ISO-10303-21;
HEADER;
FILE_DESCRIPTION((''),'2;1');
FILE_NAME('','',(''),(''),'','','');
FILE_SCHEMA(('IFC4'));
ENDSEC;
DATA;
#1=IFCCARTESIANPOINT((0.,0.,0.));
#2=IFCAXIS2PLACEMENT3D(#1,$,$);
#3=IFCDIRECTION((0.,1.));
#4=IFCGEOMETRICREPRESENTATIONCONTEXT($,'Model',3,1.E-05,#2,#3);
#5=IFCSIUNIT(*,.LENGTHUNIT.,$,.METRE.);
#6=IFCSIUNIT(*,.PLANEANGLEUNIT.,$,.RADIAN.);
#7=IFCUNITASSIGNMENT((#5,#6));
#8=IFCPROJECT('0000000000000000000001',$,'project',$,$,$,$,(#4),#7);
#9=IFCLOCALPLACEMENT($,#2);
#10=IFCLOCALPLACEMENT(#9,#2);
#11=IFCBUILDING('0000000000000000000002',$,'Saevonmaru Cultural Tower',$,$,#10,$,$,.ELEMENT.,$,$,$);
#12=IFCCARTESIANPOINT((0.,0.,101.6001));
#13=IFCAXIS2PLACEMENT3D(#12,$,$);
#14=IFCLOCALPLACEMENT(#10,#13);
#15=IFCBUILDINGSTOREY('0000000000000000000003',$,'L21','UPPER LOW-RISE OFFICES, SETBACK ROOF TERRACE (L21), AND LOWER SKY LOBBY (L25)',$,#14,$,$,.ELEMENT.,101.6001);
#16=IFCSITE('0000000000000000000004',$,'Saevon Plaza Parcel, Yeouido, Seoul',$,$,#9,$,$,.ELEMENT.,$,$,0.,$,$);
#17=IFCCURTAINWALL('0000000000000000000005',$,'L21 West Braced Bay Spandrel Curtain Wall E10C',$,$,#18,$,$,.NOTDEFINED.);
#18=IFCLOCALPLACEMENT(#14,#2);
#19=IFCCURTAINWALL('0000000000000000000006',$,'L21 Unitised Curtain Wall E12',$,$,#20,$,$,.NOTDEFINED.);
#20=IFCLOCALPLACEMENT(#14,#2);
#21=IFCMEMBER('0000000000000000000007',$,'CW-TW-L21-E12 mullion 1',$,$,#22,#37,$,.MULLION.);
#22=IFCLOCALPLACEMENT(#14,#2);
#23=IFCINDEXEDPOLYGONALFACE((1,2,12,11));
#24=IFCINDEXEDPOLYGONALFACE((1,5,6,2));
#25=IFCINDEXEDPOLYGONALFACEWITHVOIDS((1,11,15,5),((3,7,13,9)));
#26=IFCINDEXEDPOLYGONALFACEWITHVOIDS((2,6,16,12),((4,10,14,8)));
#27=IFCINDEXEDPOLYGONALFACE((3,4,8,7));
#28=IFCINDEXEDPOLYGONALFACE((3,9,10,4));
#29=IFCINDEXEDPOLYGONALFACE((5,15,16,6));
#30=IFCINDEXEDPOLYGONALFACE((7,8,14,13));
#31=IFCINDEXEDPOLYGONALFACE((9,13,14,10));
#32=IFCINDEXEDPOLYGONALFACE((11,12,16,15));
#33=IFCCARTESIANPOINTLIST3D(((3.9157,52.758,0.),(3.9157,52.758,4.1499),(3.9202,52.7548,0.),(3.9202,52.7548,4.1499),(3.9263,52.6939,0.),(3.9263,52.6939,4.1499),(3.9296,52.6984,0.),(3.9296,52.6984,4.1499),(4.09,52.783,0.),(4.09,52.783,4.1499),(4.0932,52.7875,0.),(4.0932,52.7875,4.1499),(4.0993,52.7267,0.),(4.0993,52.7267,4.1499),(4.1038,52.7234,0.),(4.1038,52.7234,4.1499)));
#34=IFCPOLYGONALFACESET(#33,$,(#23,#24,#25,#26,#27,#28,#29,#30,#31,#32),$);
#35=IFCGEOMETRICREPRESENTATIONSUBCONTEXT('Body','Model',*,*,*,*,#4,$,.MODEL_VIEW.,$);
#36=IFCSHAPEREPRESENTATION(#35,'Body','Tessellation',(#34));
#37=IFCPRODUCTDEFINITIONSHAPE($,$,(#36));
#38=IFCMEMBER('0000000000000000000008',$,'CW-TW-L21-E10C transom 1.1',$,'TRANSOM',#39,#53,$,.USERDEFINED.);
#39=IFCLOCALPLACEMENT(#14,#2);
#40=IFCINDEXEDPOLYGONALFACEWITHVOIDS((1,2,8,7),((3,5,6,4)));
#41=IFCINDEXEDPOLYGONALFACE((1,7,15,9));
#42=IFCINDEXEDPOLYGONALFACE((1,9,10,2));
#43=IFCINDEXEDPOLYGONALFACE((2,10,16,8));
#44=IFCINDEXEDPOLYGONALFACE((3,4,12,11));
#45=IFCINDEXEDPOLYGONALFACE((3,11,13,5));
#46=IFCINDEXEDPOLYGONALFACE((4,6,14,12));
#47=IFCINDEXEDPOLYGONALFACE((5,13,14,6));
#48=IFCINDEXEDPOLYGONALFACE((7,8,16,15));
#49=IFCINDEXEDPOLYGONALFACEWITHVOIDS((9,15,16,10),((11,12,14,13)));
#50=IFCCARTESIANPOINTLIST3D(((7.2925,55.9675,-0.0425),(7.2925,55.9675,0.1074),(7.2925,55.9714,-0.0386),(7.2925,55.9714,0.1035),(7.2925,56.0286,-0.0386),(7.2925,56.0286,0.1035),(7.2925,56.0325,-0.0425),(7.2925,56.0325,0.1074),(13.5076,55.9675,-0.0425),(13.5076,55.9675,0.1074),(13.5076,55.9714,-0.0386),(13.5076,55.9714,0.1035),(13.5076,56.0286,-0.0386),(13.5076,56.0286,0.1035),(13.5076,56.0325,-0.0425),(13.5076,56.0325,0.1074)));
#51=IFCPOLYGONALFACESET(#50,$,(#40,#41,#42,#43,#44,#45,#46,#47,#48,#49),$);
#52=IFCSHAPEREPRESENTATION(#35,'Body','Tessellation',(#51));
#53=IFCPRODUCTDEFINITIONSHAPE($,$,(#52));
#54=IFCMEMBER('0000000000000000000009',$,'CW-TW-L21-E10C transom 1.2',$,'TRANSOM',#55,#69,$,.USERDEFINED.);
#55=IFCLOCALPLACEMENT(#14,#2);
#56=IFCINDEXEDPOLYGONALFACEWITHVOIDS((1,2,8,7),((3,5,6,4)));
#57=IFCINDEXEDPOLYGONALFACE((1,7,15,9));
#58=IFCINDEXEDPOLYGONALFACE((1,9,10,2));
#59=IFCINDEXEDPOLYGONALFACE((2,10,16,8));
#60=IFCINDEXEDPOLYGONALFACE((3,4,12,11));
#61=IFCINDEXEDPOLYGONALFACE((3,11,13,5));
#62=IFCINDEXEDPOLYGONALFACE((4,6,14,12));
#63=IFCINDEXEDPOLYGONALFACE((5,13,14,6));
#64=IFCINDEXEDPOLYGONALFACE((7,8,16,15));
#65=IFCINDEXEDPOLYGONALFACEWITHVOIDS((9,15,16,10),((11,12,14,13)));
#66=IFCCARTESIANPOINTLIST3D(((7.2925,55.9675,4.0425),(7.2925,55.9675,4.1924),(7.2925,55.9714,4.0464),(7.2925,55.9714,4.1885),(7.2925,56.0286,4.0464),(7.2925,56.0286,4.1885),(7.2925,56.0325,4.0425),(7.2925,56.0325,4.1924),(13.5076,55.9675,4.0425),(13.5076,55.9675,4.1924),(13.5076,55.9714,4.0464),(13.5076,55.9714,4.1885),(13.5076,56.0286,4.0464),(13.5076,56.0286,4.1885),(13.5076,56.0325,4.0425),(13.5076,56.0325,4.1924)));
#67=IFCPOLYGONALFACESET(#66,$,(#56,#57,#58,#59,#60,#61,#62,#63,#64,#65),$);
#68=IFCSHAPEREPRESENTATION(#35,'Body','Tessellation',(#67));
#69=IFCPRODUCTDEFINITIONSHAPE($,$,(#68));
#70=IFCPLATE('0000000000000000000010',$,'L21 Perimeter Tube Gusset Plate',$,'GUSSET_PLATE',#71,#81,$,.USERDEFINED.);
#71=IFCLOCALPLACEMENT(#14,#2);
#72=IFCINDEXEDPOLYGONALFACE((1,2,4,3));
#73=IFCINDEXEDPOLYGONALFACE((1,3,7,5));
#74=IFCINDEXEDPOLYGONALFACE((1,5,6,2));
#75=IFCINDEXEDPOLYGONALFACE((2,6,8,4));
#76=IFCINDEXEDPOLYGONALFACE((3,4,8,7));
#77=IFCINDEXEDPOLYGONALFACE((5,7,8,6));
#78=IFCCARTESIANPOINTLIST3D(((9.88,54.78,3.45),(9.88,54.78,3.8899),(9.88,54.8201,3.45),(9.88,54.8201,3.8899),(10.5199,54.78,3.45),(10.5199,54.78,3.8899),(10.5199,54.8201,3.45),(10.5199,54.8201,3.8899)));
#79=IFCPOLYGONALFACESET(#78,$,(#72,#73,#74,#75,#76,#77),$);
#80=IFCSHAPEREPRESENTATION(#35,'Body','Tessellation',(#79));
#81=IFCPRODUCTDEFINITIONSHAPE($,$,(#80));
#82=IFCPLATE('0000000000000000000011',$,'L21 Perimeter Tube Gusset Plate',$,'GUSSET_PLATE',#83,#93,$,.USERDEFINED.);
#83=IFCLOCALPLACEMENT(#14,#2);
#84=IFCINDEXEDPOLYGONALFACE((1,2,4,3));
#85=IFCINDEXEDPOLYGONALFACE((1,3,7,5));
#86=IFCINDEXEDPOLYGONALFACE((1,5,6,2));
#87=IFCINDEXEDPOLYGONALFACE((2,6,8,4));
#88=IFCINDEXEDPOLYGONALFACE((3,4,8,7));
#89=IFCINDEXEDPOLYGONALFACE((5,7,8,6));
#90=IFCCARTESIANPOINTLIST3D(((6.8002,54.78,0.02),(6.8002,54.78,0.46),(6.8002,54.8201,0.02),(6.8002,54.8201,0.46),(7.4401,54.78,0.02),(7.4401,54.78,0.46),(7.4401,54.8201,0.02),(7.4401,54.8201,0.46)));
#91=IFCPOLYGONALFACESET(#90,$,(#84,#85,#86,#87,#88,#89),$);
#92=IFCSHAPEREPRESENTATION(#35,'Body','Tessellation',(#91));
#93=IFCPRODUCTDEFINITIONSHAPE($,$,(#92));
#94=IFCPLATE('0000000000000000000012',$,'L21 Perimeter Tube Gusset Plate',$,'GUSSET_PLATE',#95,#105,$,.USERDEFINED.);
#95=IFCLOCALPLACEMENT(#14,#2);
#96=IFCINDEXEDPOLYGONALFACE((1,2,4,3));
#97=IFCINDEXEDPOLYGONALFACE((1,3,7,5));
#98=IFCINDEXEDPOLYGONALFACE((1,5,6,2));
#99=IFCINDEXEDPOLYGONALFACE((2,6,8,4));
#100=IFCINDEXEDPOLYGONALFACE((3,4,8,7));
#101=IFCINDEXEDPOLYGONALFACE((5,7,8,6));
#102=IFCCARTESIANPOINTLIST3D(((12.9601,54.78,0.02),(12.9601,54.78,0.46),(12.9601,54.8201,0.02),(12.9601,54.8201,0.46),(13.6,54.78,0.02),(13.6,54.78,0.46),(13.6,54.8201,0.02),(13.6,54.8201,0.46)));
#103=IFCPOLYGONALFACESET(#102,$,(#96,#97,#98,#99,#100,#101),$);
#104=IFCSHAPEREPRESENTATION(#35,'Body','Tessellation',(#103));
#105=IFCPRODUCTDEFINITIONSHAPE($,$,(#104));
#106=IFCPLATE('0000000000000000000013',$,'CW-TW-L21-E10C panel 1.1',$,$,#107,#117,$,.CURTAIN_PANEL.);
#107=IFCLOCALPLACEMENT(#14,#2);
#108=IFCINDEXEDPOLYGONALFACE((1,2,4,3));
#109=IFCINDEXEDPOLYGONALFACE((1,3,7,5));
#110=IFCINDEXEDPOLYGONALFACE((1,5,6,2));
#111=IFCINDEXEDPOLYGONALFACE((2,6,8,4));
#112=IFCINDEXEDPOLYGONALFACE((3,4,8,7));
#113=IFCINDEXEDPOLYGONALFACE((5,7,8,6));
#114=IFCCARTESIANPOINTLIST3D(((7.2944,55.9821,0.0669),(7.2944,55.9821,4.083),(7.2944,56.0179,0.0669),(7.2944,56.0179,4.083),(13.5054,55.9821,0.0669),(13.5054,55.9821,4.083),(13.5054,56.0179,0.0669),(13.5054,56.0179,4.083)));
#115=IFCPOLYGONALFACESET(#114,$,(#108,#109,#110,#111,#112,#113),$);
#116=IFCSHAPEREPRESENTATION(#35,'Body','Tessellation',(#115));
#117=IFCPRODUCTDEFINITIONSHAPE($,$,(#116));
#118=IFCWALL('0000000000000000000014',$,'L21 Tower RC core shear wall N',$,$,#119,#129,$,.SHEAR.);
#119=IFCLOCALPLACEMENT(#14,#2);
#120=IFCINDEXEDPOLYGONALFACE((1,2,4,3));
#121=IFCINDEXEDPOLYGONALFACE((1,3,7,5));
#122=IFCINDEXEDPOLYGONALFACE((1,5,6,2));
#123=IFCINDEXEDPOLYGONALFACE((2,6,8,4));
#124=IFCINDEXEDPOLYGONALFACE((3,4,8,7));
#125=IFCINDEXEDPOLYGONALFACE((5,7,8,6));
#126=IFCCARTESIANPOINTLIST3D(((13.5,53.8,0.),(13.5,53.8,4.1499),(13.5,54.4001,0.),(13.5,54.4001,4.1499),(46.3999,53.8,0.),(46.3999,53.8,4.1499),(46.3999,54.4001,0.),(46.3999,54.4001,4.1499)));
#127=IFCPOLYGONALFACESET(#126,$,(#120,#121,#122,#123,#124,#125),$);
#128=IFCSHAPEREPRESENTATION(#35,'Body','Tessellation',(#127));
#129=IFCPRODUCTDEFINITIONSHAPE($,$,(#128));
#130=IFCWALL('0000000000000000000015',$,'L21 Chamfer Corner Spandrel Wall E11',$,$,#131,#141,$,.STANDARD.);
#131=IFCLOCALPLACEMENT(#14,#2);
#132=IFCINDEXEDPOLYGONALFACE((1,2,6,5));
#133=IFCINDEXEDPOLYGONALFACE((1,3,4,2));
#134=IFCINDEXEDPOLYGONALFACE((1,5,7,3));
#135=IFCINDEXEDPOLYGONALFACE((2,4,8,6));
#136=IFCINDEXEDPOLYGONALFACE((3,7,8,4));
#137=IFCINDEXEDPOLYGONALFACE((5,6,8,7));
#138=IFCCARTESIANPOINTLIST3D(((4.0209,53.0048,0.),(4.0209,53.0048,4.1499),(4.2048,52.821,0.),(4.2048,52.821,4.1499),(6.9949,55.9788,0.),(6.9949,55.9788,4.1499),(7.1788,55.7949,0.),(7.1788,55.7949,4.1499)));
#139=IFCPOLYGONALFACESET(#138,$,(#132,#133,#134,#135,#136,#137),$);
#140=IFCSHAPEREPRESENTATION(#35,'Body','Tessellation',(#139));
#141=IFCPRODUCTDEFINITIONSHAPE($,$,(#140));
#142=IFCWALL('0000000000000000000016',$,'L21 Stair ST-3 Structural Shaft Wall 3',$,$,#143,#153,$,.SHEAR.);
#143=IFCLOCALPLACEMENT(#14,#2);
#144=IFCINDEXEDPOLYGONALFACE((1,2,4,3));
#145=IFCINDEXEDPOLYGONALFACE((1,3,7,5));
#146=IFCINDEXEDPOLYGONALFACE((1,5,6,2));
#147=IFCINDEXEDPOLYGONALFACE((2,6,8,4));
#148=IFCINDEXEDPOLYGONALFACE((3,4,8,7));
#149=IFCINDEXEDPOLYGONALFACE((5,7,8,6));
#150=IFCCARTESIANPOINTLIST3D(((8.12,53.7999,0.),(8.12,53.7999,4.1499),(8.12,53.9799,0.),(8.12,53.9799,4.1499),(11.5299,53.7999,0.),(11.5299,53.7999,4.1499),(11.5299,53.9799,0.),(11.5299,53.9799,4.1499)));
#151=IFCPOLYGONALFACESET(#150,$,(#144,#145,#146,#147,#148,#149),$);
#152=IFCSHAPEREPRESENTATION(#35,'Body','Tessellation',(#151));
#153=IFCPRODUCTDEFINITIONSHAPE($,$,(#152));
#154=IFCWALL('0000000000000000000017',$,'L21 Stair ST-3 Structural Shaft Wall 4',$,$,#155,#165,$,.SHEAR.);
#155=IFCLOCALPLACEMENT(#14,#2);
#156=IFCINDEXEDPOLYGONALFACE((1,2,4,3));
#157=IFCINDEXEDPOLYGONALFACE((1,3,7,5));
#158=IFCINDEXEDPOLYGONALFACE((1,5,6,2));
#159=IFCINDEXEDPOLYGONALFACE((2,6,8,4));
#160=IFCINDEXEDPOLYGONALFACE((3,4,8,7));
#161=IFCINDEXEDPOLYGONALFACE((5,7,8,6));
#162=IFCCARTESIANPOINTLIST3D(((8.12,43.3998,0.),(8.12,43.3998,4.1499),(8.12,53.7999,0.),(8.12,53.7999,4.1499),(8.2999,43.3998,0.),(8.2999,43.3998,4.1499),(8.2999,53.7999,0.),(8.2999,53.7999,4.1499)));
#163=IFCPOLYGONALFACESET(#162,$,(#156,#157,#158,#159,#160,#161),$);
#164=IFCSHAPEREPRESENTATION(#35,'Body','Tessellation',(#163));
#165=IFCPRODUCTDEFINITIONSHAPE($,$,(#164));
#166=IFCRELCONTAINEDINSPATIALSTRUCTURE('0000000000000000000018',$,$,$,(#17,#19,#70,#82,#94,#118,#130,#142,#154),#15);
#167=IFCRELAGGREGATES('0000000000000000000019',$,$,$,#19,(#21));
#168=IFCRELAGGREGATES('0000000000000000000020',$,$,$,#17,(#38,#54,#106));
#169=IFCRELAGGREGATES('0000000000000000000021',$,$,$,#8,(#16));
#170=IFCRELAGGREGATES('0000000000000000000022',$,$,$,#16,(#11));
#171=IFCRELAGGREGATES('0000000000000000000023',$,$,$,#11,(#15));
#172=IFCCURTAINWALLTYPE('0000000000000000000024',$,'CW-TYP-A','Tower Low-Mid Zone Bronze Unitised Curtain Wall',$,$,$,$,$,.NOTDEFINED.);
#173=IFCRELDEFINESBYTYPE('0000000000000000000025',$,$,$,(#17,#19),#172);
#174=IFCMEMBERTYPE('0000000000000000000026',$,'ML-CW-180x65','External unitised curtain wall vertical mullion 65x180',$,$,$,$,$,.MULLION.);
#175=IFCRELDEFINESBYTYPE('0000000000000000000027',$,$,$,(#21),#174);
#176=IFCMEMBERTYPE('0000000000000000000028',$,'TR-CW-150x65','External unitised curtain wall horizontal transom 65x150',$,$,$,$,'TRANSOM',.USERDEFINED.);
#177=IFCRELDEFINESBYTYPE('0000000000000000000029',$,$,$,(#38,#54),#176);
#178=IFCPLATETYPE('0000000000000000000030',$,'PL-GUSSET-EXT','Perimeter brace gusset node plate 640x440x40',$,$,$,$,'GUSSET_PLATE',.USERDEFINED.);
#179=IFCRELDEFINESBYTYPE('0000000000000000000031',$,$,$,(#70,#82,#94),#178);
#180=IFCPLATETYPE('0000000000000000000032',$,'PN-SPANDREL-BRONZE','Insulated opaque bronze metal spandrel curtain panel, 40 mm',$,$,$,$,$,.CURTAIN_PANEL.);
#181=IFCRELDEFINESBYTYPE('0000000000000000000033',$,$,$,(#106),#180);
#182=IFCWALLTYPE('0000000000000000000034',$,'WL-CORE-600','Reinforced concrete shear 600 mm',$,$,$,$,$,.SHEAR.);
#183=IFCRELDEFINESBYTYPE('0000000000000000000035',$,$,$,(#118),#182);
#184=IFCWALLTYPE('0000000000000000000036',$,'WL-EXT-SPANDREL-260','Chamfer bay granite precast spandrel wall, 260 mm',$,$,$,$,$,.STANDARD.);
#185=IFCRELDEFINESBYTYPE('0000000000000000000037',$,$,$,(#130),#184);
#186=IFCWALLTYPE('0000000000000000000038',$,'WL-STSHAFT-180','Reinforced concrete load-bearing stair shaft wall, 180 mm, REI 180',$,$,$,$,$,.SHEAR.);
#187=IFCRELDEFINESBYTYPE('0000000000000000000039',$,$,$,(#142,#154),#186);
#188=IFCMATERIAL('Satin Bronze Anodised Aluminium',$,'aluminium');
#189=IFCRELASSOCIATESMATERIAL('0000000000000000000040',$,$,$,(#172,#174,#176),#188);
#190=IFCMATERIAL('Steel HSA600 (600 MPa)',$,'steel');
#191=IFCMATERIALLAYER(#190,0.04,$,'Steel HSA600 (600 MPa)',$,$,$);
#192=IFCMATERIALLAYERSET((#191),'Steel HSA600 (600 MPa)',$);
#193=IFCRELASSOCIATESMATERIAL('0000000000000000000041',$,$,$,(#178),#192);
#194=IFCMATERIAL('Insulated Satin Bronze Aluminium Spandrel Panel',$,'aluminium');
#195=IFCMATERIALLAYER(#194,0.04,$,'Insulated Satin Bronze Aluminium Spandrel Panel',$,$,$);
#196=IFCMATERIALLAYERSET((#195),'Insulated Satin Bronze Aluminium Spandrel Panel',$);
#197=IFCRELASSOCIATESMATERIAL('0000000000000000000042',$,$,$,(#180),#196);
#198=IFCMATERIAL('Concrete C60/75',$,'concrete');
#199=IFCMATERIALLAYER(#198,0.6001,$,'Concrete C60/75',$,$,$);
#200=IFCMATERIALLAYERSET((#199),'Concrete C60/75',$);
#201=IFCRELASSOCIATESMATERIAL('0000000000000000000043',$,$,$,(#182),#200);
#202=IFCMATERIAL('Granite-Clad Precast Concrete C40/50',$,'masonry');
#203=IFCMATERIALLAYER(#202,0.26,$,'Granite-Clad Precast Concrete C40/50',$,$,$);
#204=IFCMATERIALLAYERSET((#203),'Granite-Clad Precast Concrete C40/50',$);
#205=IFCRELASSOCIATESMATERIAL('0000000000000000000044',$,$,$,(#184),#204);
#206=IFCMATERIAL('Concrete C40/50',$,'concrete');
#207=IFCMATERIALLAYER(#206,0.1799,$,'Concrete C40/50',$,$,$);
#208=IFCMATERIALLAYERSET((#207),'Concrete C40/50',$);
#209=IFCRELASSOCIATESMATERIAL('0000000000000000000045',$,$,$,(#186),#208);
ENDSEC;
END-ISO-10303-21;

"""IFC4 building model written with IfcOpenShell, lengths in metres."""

from ifc_helpers import new_model, si_unit, direction, frame, frame_2d, origin, origin_2d, place, context, subcontext, project, spatial, rectangle, hollow_rectangle, extrude, material, layer, layer_set, material_profile, profile_set, type_object, element, aggregate, save


model = new_model("IFC4")

# Units and contexts
model_context = context("Model", 3, precision=1e-05, world=origin(), true_north=direction((0.0, 1.0)))
body_context = subcontext(model_context, "Body", "Model", "MODEL_VIEW")
ifc_project = project(units=[si_unit("LENGTHUNIT", "METRE"), si_unit("PLANEANGLEUNIT", "RADIAN")], contexts=[model_context])

# Site, building, storey
site_placement = place(None, origin())
site = spatial("IfcSite", under=ifc_project, at=site_placement, Name="Saevon Plaza Parcel, Yeouido, Seoul", CompositionType="ELEMENT", RefElevation=0.0)
building_placement = place(site_placement, origin())
building = spatial("IfcBuilding", under=site, at=building_placement, Name="Saevonmaru Cultural Tower", CompositionType="ELEMENT")
storey_placement = place(building_placement, frame((0.0, 0.0, 101.6001)))
storey = spatial("IfcBuildingStorey", under=building, at=storey_placement, Name="L21", Description="UPPER LOW-RISE OFFICES, SETBACK ROOF TERRACE (L21), AND LOWER SKY LOBBY (L25)", CompositionType="ELEMENT", Elevation=101.6001)

# Shared definitions
ifc_material_1 = material(Name="Steel HSA600 (600 MPa)", Category="steel")

# Shared definitions
ifc_material_2 = material(Name="Satin Bronze Anodised Aluminium", Category="aluminium")
curtain_wall_type = type_object("IfcCurtainWallType", Name="CW-TYP-A", Description="Tower Low-Mid Zone Bronze Unitised Curtain Wall", PredefinedType="NOTDEFINED", material=ifc_material_2)
ifc_material_profile_1 = material_profile(ifc_material_2, hollow_rectangle(XDim=0.0649, YDim=0.1799, WallThickness=0.0039, at=origin_2d()), Name="ALU-MULL-180x65x4")
ifc_profile_set_1 = profile_set([ifc_material_profile_1], Name="Satin Bronze Anodised Aluminium")
member_type_1 = type_object("IfcMemberType", Name="ML-CW-180x65", Description="External unitised curtain wall vertical mullion 65x180", PredefinedType="MULLION", material=ifc_profile_set_1)

# Curtain wall
curtain_wall_1_placement = place(storey_placement, origin())
curtain_wall_1 = element("IfcCurtainWall", 1, at=curtain_wall_1_placement, inside=storey, type_object=curtain_wall_type, Name="L21 West Braced Bay Spandrel Curtain Wall E10C", PredefinedType="NOTDEFINED")

# Curtain wall, member
curtain_wall_2_placement = place(storey_placement, origin())
curtain_wall_2 = element("IfcCurtainWall", 2, at=curtain_wall_2_placement, inside=storey, type_object=curtain_wall_type, Name="L21 Unitised Curtain Wall E12", PredefinedType="NOTDEFINED")
member_1_placement = place(storey_placement, frame((4.0098, 52.7407, 0.0), z_axis=(0.0, 0.0, 1.0), x_axis=(0.163999, -0.986461, 0.0)))
member_1 = element("IfcMember", 3, at=member_1_placement, type_object=member_type_1, Name="CW-TW-L21-E12 mullion 1", PredefinedType="MULLION", context=body_context, shape_type="SweptSolid", body=[
    extrude(hollow_rectangle(XDim=0.0649, YDim=0.1799, WallThickness=0.0039, at=origin_2d()), origin(), (0.0, 0.0, 1.0), 4.1499),
])
aggregate(curtain_wall_2, [member_1])

# Members
ifc_material_profile_2 = material_profile(ifc_material_2, hollow_rectangle(XDim=0.0649, YDim=0.1499, WallThickness=0.0039, at=origin_2d()), Name="ALU-TRAN-150x65x4")
ifc_profile_set_2 = profile_set([ifc_material_profile_2], Name="Satin Bronze Anodised Aluminium")
member_type_2 = type_object("IfcMemberType", Name="TR-CW-150x65", Description="External unitised curtain wall horizontal transom 65x150", ElementType="TRANSOM", PredefinedType="USERDEFINED", material=ifc_profile_set_2)
member_2_placement = place(storey_placement, frame((13.5076, 56.0, 0.0325), z_axis=(-1.0, 0.0, 0.0), x_axis=(0.0, -1.0, 0.0)))
member_2 = element("IfcMember", 4, at=member_2_placement, type_object=member_type_2, Name="CW-TW-L21-E10C transom 1.1", ObjectType="TRANSOM", PredefinedType="USERDEFINED", context=body_context, shape_type="SweptSolid", body=[
    extrude(hollow_rectangle(XDim=0.0649, YDim=0.1499, WallThickness=0.0039, at=origin_2d()), origin(), (0.0, 0.0, 1.0), 6.2151),
])
member_3_placement = place(storey_placement, frame((13.5076, 56.0, 4.1174), z_axis=(-1.0, 0.0, 0.0), x_axis=(0.0, -1.0, 0.0)))
member_3 = element("IfcMember", 5, at=member_3_placement, type_object=member_type_2, Name="CW-TW-L21-E10C transom 1.2", ObjectType="TRANSOM", PredefinedType="USERDEFINED", context=body_context, shape_type="SweptSolid", body=[
    extrude(hollow_rectangle(XDim=0.0649, YDim=0.1499, WallThickness=0.0039, at=origin_2d()), origin(), (0.0, 0.0, 1.0), 6.2151),
])

# Plates
ifc_layer_1 = layer(ifc_material_1, 0.04, Name="Steel HSA600 (600 MPa)")
ifc_layer_set_1 = layer_set([ifc_layer_1], Name="Steel HSA600 (600 MPa)")
plate_type_1 = type_object("IfcPlateType", Name="PL-GUSSET-EXT", Description="Perimeter brace gusset node plate 640x440x40", ElementType="GUSSET_PLATE", PredefinedType="USERDEFINED", material=ifc_layer_set_1)
for number, where, z_axis, x_axis, name in (
    (6, (10.2, 54.8, 3.45), (0.0, 0.0, 1.0), (1.0, 0.0, 0.0), "L21 Perimeter Tube Gusset Plate"),
    (7, (7.1201, 54.8, 0.02), (0.0, 0.0, 1.0), (1.0, 0.0, 0.0), "L21 Perimeter Tube Gusset Plate"),
    (8, (13.28, 54.8, 0.02), (0.0, 0.0, 1.0), (1.0, 0.0, 0.0), "L21 Perimeter Tube Gusset Plate"),
):
    element("IfcPlate", number, at=place(storey_placement, frame(where, z_axis=z_axis, x_axis=x_axis)), inside=storey, type_object=plate_type_1, Name=name, ObjectType="GUSSET_PLATE", PredefinedType="USERDEFINED", context=body_context, shape_type="SweptSolid", body=[
        extrude(rectangle(XDim=0.6399, YDim=0.04, at=origin_2d()), origin(), (0.0, 0.0, 1.0), 0.4399),
    ])

# Plate
ifc_material_3 = material(Name="Insulated Satin Bronze Aluminium Spandrel Panel", Category="aluminium")
ifc_layer_2 = layer(ifc_material_3, 0.04, Name="Insulated Satin Bronze Aluminium Spandrel Panel")
ifc_layer_set_2 = layer_set([ifc_layer_2], Name="Insulated Satin Bronze Aluminium Spandrel Panel")
plate_type_2 = type_object("IfcPlateType", Name="PN-SPANDREL-BRONZE", Description="Insulated opaque bronze metal spandrel curtain panel, 40 mm", PredefinedType="CURTAIN_PANEL", material=ifc_layer_set_2)
plate_placement = place(storey_placement, frame((10.3999, 56.0, 0.0669), z_axis=(0.0, 0.0, 1.0), x_axis=(-1.0, 0.0, 0.0)))
plate = element("IfcPlate", 9, at=plate_placement, type_object=plate_type_2, Name="CW-TW-L21-E10C panel 1.1", PredefinedType="CURTAIN_PANEL", context=body_context, shape_type="SweptSolid", body=[
    extrude(rectangle(XDim=6.2109, YDim=0.0359, at=origin_2d()), origin(), (0.0, 0.0, 1.0), 4.0161),
])
aggregate(curtain_wall_1, [member_2, member_3, plate])

# Walls
ifc_material_4 = material(Name="Concrete C60/75", Category="concrete")
ifc_layer_3 = layer(ifc_material_4, 0.6001, Name="Concrete C60/75")
ifc_layer_set_3 = layer_set([ifc_layer_3], Name="Concrete C60/75")
wall_type_1 = type_object("IfcWallType", Name="WL-CORE-600", Description="Reinforced concrete shear 600 mm", PredefinedType="SHEAR", material=ifc_layer_set_3)
wall_1_placement = place(storey_placement, frame((13.5, 54.1001, 0.0), z_axis=(0.0, 0.0, 1.0), x_axis=(1.0, 0.0, 0.0)))
element("IfcWall", 10, at=wall_1_placement, inside=storey, type_object=wall_type_1, Name="L21 Tower RC core shear wall N", PredefinedType="SHEAR", context=body_context, shape_type="SweptSolid", body=[
    extrude(rectangle(XDim=32.8999, YDim=0.6001, at=frame_2d((16.45, 0.0))), origin(), (0.0, 0.0, 1.0), 4.1499),
])
ifc_material_5 = material(Name="Granite-Clad Precast Concrete C40/50", Category="masonry")
ifc_layer_4 = layer(ifc_material_5, 0.26, Name="Granite-Clad Precast Concrete C40/50")
ifc_layer_set_4 = layer_set([ifc_layer_4], Name="Granite-Clad Precast Concrete C40/50")
wall_type_2 = type_object("IfcWallType", Name="WL-EXT-SPANDREL-260", Description="Chamfer bay granite precast spandrel wall, 260 mm", PredefinedType="STANDARD", material=ifc_layer_set_4)
wall_2_placement = place(storey_placement, frame((7.0869, 55.887, 0.0), z_axis=(0.0, 0.0, 1.0), x_axis=(-0.707107, -0.707107, 0.0)))
element("IfcWall", 11, at=wall_2_placement, inside=storey, type_object=wall_type_2, Name="L21 Chamfer Corner Spandrel Wall E11", PredefinedType="STANDARD", context=body_context, shape_type="SweptSolid", body=[
    extrude(rectangle(XDim=4.2058, YDim=0.26, at=frame_2d((2.103, 0.0))), origin(), (0.0, 0.0, 1.0), 4.1499),
])
ifc_material_6 = material(Name="Concrete C40/50", Category="concrete")
ifc_layer_5 = layer(ifc_material_6, 0.1799, Name="Concrete C40/50")
ifc_layer_set_5 = layer_set([ifc_layer_5], Name="Concrete C40/50")
wall_type_3 = type_object("IfcWallType", Name="WL-STSHAFT-180", Description="Reinforced concrete load-bearing stair shaft wall, 180 mm, REI 180", PredefinedType="SHEAR", material=ifc_layer_set_5)
wall_3_placement = place(storey_placement, frame((11.53, 53.8899, 0.0), z_axis=(0.0, 0.0, 1.0), x_axis=(-1.0, 0.0, 0.0)))
element("IfcWall", 12, at=wall_3_placement, inside=storey, type_object=wall_type_3, Name="L21 Stair ST-3 Structural Shaft Wall 3", PredefinedType="SHEAR", context=body_context, shape_type="SweptSolid", body=[
    extrude(rectangle(XDim=3.4099, YDim=0.1799, at=frame_2d((1.7051, 0.0))), origin(), (0.0, 0.0, 1.0), 4.1499),
])
wall_4_placement = place(storey_placement, frame((8.21, 53.8, 0.0), z_axis=(0.0, 0.0, 1.0), x_axis=(0.0, -1.0, 0.0)))
element("IfcWall", 13, at=wall_4_placement, inside=storey, type_object=wall_type_3, Name="L21 Stair ST-3 Structural Shaft Wall 4", PredefinedType="SHEAR", context=body_context, shape_type="SweptSolid", body=[
    extrude(rectangle(XDim=10.4001, YDim=0.1799, at=frame_2d((5.2002, 0.0))), origin(), (0.0, 0.0, 1.0), 4.1499),
])

save(model, "model.ifc")
